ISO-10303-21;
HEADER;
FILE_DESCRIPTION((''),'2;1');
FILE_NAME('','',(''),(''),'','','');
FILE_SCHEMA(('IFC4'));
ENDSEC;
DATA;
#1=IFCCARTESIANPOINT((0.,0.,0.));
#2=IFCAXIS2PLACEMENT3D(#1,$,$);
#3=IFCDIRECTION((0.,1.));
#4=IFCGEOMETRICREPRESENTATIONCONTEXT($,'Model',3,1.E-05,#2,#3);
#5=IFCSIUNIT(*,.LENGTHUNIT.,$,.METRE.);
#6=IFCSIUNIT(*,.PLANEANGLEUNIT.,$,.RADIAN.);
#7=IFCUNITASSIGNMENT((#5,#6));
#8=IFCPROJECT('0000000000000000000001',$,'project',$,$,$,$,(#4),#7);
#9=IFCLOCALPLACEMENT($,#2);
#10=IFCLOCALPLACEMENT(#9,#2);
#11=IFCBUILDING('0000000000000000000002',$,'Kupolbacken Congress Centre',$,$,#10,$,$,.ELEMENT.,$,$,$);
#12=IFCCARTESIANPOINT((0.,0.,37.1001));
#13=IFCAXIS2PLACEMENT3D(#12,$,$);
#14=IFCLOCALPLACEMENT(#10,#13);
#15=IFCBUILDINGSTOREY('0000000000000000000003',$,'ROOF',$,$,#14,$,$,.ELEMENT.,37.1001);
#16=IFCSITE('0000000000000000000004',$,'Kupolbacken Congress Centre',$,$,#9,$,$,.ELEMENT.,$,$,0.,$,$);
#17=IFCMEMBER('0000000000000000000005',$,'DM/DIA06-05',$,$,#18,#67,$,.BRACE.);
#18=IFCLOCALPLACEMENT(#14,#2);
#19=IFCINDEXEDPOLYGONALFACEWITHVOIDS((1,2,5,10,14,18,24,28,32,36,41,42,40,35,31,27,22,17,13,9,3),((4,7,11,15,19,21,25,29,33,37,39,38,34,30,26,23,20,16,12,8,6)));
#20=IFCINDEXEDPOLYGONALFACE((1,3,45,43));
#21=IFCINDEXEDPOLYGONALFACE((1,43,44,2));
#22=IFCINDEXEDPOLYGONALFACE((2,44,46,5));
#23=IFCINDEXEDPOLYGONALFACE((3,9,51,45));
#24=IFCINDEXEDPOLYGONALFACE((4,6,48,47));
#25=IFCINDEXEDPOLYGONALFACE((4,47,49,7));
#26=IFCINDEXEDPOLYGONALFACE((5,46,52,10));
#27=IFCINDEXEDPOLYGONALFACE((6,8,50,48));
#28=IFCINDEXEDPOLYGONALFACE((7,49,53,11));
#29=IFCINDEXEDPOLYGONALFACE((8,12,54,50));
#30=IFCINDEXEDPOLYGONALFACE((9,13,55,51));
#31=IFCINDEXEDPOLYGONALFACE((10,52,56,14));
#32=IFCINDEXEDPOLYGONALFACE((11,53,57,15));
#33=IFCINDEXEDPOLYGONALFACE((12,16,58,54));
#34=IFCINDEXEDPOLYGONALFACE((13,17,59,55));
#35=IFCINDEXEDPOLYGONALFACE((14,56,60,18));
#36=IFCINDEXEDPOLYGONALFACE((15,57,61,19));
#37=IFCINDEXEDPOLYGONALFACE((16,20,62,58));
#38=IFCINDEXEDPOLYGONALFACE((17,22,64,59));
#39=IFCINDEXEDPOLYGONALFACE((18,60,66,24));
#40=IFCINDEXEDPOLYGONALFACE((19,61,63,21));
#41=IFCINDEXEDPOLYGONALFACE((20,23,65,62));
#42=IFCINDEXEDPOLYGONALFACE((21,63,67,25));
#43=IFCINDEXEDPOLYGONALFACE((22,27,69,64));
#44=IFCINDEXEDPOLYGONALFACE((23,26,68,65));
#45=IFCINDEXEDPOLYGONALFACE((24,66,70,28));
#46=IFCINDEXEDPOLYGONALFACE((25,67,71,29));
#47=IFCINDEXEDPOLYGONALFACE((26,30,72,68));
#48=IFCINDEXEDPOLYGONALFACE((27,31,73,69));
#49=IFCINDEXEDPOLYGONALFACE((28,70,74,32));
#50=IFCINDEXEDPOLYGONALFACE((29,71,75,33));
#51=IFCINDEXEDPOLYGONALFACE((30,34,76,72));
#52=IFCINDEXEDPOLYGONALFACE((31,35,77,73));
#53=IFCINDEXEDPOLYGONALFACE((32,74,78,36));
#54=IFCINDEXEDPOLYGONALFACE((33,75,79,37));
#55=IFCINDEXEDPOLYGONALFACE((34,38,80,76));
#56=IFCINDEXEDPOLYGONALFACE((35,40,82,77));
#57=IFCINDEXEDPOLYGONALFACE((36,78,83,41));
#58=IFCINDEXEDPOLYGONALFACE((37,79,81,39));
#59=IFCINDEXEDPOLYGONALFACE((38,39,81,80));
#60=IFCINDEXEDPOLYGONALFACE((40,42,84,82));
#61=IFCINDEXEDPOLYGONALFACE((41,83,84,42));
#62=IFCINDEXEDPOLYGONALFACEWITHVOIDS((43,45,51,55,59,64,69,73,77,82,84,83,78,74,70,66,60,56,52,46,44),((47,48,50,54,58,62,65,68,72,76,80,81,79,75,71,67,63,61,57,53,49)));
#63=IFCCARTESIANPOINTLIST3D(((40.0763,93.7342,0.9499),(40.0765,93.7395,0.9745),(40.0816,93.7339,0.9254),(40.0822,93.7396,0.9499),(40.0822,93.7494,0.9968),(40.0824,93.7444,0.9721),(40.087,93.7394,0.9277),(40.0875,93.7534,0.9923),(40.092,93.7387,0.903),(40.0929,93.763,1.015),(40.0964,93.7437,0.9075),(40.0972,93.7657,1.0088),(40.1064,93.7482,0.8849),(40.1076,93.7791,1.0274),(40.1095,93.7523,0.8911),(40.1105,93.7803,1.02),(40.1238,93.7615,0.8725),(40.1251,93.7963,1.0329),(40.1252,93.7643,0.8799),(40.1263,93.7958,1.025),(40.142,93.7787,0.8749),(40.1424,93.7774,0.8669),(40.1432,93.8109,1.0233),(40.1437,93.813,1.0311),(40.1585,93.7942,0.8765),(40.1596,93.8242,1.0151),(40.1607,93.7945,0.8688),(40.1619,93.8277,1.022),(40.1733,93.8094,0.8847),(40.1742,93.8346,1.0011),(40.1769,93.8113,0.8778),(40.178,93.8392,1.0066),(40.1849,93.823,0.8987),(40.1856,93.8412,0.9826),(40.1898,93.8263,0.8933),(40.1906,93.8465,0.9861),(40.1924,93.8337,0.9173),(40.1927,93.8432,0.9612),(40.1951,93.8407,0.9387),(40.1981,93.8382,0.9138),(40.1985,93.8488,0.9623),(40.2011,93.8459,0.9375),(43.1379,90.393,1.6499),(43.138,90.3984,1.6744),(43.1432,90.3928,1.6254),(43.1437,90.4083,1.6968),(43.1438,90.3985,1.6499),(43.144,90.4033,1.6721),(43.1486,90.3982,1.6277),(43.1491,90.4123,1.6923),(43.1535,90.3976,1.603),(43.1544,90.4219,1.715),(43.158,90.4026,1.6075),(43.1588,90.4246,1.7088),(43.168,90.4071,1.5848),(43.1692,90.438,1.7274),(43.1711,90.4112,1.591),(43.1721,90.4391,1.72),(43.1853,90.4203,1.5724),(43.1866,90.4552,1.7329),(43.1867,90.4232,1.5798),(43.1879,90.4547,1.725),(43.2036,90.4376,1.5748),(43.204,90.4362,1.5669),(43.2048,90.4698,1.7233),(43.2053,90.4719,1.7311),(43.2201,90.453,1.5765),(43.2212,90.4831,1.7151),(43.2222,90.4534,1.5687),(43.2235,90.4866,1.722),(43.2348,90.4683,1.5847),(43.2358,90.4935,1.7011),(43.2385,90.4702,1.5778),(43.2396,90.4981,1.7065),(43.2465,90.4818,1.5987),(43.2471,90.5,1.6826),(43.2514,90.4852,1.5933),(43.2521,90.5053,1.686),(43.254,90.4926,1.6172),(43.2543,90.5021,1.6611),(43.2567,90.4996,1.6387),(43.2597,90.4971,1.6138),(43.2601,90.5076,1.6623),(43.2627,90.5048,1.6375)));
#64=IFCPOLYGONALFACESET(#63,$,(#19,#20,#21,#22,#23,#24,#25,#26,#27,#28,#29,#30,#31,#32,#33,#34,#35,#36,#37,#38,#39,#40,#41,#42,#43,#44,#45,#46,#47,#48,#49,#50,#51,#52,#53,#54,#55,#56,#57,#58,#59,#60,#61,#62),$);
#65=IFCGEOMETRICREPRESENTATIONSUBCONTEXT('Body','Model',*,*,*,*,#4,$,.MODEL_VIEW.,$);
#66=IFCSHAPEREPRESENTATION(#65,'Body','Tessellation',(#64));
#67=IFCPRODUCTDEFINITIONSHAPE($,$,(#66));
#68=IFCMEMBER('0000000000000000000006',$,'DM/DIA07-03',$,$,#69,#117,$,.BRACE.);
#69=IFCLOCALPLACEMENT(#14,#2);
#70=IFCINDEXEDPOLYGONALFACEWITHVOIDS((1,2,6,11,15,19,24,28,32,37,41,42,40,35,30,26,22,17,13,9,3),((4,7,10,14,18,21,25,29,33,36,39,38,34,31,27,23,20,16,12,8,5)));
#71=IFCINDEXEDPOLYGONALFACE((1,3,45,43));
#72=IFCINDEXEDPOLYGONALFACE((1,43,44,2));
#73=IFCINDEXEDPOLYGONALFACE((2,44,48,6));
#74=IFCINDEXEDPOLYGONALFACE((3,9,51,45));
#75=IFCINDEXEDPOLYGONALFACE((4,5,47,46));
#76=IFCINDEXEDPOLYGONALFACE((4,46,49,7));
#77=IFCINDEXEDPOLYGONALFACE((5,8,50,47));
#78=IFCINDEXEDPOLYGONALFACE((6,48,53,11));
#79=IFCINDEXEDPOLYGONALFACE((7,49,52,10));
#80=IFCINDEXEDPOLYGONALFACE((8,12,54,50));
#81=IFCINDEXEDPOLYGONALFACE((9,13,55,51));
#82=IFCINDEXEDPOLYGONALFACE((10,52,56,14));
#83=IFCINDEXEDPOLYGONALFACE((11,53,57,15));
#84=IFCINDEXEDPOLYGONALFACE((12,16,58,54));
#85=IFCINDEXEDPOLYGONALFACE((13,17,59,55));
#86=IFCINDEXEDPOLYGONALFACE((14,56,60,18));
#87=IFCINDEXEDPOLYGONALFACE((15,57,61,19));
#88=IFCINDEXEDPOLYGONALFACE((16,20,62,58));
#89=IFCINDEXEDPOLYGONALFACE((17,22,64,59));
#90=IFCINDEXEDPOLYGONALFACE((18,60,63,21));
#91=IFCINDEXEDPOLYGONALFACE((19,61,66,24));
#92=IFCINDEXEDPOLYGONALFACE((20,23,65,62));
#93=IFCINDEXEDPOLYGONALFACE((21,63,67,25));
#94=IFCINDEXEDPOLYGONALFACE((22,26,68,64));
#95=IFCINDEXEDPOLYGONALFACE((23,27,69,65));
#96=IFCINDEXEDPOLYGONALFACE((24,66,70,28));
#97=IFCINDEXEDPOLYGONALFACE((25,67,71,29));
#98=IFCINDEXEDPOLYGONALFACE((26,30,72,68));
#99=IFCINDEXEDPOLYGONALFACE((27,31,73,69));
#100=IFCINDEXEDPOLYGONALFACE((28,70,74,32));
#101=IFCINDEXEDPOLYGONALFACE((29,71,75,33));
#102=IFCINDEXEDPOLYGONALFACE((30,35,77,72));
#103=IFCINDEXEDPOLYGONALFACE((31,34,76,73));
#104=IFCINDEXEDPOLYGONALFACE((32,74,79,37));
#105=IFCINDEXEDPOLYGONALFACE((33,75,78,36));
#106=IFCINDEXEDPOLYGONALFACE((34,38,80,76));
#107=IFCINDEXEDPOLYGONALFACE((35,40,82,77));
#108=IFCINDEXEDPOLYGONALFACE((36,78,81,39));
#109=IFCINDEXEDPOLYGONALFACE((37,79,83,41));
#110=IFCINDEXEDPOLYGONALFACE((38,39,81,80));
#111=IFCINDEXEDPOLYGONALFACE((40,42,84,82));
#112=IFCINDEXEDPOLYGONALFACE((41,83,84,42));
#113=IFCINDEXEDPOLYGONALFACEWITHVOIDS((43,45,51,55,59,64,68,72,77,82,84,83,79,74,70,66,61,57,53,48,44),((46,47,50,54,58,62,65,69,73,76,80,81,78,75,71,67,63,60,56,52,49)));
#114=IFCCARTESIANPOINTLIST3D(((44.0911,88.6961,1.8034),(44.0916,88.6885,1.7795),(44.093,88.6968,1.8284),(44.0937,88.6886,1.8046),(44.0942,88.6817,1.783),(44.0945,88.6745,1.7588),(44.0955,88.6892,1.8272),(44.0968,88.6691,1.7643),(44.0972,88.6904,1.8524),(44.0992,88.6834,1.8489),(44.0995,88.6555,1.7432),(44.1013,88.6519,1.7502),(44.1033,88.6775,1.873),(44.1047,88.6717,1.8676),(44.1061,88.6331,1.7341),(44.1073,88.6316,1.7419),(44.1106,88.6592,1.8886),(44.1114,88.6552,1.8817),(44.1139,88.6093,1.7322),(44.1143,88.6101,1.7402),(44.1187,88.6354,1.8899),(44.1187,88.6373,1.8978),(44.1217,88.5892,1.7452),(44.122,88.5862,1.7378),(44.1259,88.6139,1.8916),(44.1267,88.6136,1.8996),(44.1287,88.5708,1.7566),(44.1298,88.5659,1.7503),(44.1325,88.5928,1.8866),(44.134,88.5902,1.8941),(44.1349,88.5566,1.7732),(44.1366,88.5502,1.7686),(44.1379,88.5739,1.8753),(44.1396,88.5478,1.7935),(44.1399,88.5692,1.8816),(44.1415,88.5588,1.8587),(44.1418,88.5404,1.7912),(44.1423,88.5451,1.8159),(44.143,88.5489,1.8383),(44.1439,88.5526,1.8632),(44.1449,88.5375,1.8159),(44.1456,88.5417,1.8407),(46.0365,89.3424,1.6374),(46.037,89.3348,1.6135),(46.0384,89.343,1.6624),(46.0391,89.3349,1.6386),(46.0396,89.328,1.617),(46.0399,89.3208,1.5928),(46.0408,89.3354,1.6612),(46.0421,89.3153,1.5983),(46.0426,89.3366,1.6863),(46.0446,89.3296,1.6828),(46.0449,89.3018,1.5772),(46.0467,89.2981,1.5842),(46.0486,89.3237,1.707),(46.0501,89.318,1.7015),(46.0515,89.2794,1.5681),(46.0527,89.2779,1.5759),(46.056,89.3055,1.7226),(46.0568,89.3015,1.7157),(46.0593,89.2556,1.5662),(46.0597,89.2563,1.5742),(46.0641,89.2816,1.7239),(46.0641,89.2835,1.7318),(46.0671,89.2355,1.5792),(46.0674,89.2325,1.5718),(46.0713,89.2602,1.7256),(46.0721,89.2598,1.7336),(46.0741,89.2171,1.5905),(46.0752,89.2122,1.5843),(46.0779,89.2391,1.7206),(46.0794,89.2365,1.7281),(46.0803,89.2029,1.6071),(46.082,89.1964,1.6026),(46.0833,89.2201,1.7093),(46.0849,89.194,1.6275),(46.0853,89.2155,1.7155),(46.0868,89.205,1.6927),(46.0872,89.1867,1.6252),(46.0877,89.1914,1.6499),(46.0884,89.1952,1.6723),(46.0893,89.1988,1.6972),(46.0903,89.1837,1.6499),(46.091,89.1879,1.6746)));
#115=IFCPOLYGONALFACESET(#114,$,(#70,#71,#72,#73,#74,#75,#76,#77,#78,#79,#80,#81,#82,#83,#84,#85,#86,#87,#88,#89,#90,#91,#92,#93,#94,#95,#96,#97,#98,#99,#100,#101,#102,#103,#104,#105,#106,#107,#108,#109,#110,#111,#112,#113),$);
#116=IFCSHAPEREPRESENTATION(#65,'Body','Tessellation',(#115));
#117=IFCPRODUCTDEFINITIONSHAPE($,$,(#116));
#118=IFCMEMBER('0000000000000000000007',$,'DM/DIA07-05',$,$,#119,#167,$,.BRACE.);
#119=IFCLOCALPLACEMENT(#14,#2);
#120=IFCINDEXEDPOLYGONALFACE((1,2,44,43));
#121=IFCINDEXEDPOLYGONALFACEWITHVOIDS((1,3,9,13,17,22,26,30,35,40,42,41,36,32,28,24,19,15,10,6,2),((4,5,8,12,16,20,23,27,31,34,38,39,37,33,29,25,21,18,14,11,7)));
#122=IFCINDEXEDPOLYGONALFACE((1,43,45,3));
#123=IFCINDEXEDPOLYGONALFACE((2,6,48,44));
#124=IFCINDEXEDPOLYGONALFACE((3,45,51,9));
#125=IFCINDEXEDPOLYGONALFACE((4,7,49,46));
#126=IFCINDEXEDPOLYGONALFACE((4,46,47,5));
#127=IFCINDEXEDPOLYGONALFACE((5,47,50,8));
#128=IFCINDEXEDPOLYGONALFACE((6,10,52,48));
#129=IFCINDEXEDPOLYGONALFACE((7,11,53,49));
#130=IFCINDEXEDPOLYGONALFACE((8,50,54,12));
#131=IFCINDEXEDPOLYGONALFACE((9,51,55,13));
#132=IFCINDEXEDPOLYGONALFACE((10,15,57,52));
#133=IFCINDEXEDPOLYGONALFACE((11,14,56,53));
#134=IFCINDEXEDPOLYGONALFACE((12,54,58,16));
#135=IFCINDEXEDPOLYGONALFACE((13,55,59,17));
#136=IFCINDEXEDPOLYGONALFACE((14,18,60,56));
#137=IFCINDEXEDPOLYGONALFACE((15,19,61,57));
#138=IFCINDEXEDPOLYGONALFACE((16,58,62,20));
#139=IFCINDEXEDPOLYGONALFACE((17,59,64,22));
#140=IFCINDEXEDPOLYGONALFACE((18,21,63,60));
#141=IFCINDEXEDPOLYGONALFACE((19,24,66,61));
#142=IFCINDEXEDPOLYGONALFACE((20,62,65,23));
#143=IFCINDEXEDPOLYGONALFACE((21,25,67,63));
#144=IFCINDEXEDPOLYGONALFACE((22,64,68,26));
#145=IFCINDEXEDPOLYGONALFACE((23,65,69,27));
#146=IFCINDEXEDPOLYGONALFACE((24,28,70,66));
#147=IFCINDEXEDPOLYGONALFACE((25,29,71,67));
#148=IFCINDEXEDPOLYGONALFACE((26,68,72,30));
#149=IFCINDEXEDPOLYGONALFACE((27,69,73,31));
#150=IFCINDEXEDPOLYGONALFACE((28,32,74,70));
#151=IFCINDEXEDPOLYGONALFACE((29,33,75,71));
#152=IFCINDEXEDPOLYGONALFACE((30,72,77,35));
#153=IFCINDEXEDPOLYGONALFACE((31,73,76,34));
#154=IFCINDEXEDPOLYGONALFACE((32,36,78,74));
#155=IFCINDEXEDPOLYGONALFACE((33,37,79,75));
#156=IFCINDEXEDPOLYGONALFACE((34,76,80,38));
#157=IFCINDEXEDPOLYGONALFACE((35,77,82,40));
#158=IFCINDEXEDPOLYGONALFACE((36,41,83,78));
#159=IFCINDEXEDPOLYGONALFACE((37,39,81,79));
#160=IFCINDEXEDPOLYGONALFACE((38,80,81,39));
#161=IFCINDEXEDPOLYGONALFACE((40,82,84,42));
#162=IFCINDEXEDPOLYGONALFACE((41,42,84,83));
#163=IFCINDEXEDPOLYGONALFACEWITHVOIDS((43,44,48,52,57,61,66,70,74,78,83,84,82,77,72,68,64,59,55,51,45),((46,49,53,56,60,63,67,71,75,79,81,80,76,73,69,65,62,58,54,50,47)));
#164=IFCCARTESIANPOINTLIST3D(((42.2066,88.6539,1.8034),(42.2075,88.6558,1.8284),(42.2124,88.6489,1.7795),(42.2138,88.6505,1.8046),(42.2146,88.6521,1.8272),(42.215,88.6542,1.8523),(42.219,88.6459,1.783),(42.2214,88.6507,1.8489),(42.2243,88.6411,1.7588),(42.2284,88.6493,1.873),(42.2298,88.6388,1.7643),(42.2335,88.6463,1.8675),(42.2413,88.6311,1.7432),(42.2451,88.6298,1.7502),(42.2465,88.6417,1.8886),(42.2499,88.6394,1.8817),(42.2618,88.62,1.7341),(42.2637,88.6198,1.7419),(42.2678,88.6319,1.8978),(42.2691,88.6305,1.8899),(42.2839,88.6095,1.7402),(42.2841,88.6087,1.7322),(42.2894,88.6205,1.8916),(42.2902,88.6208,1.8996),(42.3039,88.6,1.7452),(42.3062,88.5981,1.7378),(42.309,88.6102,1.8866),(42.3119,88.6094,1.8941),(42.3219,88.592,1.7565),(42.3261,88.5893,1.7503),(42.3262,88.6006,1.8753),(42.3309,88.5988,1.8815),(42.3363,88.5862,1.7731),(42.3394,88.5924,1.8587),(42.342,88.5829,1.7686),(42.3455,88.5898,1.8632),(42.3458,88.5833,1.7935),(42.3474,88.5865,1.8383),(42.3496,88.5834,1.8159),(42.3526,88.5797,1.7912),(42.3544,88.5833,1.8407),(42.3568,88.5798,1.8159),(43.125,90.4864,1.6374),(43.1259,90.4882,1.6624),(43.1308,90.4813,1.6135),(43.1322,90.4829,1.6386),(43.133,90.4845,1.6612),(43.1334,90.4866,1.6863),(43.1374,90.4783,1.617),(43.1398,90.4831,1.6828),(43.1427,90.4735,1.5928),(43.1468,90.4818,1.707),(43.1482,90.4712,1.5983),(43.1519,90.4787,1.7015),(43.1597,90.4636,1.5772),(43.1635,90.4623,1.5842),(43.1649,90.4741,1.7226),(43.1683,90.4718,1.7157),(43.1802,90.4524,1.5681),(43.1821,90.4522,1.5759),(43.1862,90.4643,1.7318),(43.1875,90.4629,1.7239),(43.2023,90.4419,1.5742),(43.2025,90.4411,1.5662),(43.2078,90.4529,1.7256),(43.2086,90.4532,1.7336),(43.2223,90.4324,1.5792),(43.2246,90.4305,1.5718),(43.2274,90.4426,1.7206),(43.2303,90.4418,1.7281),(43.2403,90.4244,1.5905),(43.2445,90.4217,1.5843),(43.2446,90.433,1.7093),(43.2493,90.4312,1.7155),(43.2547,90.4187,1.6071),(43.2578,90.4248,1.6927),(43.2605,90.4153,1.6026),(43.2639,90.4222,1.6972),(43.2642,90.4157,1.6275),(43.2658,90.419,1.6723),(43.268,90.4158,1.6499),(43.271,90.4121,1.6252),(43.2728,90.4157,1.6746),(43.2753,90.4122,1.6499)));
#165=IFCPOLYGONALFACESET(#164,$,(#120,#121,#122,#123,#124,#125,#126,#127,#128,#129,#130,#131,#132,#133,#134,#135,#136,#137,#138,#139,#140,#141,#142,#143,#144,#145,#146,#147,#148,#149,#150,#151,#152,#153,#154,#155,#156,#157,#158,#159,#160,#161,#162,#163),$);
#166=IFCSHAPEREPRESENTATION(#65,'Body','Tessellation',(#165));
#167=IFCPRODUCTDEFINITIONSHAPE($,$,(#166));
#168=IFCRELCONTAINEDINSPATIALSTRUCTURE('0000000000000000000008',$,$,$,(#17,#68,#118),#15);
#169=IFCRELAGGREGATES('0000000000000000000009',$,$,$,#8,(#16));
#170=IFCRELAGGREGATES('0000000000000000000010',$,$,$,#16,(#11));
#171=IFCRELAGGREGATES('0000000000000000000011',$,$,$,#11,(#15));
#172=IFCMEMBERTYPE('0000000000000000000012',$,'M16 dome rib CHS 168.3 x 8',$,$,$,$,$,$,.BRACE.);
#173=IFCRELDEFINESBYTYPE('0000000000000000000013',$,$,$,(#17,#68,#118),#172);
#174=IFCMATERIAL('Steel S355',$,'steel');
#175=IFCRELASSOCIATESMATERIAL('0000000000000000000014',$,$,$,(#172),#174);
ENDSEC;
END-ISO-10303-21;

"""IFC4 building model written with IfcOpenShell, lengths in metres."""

from ifc_helpers import new_model, si_unit, direction, frame, origin, origin_2d, place, context, subcontext, project, spatial, hollow_circle, extrude, material, material_profile, profile_set, type_object, element, save


model = new_model("IFC4")

# Units and contexts
model_context = context("Model", 3, precision=1e-05, world=origin(), true_north=direction((0.0, 1.0)))
body_context = subcontext(model_context, "Body", "Model", "MODEL_VIEW")
ifc_project = project(units=[si_unit("LENGTHUNIT", "METRE"), si_unit("PLANEANGLEUNIT", "RADIAN")], contexts=[model_context])

# Site, building, storey
site_placement = place(None, origin())
site = spatial("IfcSite", under=ifc_project, at=site_placement, Name="Kupolbacken Congress Centre", CompositionType="ELEMENT", RefElevation=0.0)
building_placement = place(site_placement, origin())
building = spatial("IfcBuilding", under=site, at=building_placement, Name="Kupolbacken Congress Centre", CompositionType="ELEMENT")
storey_placement = place(building_placement, frame((0.0, 0.0, 37.1001)))
storey = spatial("IfcBuildingStorey", under=building, at=storey_placement, Name="ROOF", CompositionType="ELEMENT", Elevation=37.1001)

# Members
ifc_material_1 = material(Name="Steel S355", Category="steel")
ifc_material_profile_1 = material_profile(ifc_material_1, hollow_circle(Radius=0.0842, WallThickness=0.0081, at=origin_2d()), Name="CHS 168.3 x 8")
ifc_profile_set_1 = profile_set([ifc_material_profile_1], Name="Steel S355")
member_type_1 = type_object("IfcMemberType", Name="M16 dome rib CHS 168.3 x 8", PredefinedType="BRACE", material=ifc_profile_set_1)
for number, where, z_axis, x_axis, name in (
    (1, (43.2, 90.45, 1.6499), (-0.667673, 0.728637, -0.152649), (-0.737277, -0.67559, 0.0), "DM/DIA06-05"),
):
    element("IfcMember", number, at=place(storey_placement, frame(where, z_axis=z_axis, x_axis=x_axis)), inside=storey, type_object=member_type_1, Name=name, PredefinedType="BRACE", context=body_context, shape_type="SweptSolid", body=[
        extrude(hollow_circle(Radius=0.0842, WallThickness=0.0081, at=origin_2d()), origin(), (0.0, 0.0, 1.0), 4.5854),
    ])
member_1_placement = place(storey_placement, frame((46.0637, 89.2637, 1.6499), z_axis=(-0.945907, -0.314234, 0.080725), x_axis=(0.315263, -0.949004, 0.0)))
element("IfcMember", 2, at=member_1_placement, inside=storey, type_object=member_type_1, Name="DM/DIA07-03", PredefinedType="BRACE", context=body_context, shape_type="SweptSolid", body=[
    extrude(hollow_circle(Radius=0.0842, WallThickness=0.0081, at=origin_2d()), origin(), (0.0, 0.0, 1.0), 2.0566),
])
member_2_placement = place(storey_placement, frame((43.2, 90.45, 1.6499), z_axis=(-0.446609, -0.89108, 0.080727), x_axis=(0.893998, -0.448071, 0.0)))
element("IfcMember", 3, at=member_2_placement, inside=storey, type_object=member_type_1, Name="DM/DIA07-05", PredefinedType="BRACE", context=body_context, shape_type="SweptSolid", body=[
    extrude(hollow_circle(Radius=0.0842, WallThickness=0.0081, at=origin_2d()), origin(), (0.0, 0.0, 1.0), 2.0564),
])

save(model, "model.ifc")
